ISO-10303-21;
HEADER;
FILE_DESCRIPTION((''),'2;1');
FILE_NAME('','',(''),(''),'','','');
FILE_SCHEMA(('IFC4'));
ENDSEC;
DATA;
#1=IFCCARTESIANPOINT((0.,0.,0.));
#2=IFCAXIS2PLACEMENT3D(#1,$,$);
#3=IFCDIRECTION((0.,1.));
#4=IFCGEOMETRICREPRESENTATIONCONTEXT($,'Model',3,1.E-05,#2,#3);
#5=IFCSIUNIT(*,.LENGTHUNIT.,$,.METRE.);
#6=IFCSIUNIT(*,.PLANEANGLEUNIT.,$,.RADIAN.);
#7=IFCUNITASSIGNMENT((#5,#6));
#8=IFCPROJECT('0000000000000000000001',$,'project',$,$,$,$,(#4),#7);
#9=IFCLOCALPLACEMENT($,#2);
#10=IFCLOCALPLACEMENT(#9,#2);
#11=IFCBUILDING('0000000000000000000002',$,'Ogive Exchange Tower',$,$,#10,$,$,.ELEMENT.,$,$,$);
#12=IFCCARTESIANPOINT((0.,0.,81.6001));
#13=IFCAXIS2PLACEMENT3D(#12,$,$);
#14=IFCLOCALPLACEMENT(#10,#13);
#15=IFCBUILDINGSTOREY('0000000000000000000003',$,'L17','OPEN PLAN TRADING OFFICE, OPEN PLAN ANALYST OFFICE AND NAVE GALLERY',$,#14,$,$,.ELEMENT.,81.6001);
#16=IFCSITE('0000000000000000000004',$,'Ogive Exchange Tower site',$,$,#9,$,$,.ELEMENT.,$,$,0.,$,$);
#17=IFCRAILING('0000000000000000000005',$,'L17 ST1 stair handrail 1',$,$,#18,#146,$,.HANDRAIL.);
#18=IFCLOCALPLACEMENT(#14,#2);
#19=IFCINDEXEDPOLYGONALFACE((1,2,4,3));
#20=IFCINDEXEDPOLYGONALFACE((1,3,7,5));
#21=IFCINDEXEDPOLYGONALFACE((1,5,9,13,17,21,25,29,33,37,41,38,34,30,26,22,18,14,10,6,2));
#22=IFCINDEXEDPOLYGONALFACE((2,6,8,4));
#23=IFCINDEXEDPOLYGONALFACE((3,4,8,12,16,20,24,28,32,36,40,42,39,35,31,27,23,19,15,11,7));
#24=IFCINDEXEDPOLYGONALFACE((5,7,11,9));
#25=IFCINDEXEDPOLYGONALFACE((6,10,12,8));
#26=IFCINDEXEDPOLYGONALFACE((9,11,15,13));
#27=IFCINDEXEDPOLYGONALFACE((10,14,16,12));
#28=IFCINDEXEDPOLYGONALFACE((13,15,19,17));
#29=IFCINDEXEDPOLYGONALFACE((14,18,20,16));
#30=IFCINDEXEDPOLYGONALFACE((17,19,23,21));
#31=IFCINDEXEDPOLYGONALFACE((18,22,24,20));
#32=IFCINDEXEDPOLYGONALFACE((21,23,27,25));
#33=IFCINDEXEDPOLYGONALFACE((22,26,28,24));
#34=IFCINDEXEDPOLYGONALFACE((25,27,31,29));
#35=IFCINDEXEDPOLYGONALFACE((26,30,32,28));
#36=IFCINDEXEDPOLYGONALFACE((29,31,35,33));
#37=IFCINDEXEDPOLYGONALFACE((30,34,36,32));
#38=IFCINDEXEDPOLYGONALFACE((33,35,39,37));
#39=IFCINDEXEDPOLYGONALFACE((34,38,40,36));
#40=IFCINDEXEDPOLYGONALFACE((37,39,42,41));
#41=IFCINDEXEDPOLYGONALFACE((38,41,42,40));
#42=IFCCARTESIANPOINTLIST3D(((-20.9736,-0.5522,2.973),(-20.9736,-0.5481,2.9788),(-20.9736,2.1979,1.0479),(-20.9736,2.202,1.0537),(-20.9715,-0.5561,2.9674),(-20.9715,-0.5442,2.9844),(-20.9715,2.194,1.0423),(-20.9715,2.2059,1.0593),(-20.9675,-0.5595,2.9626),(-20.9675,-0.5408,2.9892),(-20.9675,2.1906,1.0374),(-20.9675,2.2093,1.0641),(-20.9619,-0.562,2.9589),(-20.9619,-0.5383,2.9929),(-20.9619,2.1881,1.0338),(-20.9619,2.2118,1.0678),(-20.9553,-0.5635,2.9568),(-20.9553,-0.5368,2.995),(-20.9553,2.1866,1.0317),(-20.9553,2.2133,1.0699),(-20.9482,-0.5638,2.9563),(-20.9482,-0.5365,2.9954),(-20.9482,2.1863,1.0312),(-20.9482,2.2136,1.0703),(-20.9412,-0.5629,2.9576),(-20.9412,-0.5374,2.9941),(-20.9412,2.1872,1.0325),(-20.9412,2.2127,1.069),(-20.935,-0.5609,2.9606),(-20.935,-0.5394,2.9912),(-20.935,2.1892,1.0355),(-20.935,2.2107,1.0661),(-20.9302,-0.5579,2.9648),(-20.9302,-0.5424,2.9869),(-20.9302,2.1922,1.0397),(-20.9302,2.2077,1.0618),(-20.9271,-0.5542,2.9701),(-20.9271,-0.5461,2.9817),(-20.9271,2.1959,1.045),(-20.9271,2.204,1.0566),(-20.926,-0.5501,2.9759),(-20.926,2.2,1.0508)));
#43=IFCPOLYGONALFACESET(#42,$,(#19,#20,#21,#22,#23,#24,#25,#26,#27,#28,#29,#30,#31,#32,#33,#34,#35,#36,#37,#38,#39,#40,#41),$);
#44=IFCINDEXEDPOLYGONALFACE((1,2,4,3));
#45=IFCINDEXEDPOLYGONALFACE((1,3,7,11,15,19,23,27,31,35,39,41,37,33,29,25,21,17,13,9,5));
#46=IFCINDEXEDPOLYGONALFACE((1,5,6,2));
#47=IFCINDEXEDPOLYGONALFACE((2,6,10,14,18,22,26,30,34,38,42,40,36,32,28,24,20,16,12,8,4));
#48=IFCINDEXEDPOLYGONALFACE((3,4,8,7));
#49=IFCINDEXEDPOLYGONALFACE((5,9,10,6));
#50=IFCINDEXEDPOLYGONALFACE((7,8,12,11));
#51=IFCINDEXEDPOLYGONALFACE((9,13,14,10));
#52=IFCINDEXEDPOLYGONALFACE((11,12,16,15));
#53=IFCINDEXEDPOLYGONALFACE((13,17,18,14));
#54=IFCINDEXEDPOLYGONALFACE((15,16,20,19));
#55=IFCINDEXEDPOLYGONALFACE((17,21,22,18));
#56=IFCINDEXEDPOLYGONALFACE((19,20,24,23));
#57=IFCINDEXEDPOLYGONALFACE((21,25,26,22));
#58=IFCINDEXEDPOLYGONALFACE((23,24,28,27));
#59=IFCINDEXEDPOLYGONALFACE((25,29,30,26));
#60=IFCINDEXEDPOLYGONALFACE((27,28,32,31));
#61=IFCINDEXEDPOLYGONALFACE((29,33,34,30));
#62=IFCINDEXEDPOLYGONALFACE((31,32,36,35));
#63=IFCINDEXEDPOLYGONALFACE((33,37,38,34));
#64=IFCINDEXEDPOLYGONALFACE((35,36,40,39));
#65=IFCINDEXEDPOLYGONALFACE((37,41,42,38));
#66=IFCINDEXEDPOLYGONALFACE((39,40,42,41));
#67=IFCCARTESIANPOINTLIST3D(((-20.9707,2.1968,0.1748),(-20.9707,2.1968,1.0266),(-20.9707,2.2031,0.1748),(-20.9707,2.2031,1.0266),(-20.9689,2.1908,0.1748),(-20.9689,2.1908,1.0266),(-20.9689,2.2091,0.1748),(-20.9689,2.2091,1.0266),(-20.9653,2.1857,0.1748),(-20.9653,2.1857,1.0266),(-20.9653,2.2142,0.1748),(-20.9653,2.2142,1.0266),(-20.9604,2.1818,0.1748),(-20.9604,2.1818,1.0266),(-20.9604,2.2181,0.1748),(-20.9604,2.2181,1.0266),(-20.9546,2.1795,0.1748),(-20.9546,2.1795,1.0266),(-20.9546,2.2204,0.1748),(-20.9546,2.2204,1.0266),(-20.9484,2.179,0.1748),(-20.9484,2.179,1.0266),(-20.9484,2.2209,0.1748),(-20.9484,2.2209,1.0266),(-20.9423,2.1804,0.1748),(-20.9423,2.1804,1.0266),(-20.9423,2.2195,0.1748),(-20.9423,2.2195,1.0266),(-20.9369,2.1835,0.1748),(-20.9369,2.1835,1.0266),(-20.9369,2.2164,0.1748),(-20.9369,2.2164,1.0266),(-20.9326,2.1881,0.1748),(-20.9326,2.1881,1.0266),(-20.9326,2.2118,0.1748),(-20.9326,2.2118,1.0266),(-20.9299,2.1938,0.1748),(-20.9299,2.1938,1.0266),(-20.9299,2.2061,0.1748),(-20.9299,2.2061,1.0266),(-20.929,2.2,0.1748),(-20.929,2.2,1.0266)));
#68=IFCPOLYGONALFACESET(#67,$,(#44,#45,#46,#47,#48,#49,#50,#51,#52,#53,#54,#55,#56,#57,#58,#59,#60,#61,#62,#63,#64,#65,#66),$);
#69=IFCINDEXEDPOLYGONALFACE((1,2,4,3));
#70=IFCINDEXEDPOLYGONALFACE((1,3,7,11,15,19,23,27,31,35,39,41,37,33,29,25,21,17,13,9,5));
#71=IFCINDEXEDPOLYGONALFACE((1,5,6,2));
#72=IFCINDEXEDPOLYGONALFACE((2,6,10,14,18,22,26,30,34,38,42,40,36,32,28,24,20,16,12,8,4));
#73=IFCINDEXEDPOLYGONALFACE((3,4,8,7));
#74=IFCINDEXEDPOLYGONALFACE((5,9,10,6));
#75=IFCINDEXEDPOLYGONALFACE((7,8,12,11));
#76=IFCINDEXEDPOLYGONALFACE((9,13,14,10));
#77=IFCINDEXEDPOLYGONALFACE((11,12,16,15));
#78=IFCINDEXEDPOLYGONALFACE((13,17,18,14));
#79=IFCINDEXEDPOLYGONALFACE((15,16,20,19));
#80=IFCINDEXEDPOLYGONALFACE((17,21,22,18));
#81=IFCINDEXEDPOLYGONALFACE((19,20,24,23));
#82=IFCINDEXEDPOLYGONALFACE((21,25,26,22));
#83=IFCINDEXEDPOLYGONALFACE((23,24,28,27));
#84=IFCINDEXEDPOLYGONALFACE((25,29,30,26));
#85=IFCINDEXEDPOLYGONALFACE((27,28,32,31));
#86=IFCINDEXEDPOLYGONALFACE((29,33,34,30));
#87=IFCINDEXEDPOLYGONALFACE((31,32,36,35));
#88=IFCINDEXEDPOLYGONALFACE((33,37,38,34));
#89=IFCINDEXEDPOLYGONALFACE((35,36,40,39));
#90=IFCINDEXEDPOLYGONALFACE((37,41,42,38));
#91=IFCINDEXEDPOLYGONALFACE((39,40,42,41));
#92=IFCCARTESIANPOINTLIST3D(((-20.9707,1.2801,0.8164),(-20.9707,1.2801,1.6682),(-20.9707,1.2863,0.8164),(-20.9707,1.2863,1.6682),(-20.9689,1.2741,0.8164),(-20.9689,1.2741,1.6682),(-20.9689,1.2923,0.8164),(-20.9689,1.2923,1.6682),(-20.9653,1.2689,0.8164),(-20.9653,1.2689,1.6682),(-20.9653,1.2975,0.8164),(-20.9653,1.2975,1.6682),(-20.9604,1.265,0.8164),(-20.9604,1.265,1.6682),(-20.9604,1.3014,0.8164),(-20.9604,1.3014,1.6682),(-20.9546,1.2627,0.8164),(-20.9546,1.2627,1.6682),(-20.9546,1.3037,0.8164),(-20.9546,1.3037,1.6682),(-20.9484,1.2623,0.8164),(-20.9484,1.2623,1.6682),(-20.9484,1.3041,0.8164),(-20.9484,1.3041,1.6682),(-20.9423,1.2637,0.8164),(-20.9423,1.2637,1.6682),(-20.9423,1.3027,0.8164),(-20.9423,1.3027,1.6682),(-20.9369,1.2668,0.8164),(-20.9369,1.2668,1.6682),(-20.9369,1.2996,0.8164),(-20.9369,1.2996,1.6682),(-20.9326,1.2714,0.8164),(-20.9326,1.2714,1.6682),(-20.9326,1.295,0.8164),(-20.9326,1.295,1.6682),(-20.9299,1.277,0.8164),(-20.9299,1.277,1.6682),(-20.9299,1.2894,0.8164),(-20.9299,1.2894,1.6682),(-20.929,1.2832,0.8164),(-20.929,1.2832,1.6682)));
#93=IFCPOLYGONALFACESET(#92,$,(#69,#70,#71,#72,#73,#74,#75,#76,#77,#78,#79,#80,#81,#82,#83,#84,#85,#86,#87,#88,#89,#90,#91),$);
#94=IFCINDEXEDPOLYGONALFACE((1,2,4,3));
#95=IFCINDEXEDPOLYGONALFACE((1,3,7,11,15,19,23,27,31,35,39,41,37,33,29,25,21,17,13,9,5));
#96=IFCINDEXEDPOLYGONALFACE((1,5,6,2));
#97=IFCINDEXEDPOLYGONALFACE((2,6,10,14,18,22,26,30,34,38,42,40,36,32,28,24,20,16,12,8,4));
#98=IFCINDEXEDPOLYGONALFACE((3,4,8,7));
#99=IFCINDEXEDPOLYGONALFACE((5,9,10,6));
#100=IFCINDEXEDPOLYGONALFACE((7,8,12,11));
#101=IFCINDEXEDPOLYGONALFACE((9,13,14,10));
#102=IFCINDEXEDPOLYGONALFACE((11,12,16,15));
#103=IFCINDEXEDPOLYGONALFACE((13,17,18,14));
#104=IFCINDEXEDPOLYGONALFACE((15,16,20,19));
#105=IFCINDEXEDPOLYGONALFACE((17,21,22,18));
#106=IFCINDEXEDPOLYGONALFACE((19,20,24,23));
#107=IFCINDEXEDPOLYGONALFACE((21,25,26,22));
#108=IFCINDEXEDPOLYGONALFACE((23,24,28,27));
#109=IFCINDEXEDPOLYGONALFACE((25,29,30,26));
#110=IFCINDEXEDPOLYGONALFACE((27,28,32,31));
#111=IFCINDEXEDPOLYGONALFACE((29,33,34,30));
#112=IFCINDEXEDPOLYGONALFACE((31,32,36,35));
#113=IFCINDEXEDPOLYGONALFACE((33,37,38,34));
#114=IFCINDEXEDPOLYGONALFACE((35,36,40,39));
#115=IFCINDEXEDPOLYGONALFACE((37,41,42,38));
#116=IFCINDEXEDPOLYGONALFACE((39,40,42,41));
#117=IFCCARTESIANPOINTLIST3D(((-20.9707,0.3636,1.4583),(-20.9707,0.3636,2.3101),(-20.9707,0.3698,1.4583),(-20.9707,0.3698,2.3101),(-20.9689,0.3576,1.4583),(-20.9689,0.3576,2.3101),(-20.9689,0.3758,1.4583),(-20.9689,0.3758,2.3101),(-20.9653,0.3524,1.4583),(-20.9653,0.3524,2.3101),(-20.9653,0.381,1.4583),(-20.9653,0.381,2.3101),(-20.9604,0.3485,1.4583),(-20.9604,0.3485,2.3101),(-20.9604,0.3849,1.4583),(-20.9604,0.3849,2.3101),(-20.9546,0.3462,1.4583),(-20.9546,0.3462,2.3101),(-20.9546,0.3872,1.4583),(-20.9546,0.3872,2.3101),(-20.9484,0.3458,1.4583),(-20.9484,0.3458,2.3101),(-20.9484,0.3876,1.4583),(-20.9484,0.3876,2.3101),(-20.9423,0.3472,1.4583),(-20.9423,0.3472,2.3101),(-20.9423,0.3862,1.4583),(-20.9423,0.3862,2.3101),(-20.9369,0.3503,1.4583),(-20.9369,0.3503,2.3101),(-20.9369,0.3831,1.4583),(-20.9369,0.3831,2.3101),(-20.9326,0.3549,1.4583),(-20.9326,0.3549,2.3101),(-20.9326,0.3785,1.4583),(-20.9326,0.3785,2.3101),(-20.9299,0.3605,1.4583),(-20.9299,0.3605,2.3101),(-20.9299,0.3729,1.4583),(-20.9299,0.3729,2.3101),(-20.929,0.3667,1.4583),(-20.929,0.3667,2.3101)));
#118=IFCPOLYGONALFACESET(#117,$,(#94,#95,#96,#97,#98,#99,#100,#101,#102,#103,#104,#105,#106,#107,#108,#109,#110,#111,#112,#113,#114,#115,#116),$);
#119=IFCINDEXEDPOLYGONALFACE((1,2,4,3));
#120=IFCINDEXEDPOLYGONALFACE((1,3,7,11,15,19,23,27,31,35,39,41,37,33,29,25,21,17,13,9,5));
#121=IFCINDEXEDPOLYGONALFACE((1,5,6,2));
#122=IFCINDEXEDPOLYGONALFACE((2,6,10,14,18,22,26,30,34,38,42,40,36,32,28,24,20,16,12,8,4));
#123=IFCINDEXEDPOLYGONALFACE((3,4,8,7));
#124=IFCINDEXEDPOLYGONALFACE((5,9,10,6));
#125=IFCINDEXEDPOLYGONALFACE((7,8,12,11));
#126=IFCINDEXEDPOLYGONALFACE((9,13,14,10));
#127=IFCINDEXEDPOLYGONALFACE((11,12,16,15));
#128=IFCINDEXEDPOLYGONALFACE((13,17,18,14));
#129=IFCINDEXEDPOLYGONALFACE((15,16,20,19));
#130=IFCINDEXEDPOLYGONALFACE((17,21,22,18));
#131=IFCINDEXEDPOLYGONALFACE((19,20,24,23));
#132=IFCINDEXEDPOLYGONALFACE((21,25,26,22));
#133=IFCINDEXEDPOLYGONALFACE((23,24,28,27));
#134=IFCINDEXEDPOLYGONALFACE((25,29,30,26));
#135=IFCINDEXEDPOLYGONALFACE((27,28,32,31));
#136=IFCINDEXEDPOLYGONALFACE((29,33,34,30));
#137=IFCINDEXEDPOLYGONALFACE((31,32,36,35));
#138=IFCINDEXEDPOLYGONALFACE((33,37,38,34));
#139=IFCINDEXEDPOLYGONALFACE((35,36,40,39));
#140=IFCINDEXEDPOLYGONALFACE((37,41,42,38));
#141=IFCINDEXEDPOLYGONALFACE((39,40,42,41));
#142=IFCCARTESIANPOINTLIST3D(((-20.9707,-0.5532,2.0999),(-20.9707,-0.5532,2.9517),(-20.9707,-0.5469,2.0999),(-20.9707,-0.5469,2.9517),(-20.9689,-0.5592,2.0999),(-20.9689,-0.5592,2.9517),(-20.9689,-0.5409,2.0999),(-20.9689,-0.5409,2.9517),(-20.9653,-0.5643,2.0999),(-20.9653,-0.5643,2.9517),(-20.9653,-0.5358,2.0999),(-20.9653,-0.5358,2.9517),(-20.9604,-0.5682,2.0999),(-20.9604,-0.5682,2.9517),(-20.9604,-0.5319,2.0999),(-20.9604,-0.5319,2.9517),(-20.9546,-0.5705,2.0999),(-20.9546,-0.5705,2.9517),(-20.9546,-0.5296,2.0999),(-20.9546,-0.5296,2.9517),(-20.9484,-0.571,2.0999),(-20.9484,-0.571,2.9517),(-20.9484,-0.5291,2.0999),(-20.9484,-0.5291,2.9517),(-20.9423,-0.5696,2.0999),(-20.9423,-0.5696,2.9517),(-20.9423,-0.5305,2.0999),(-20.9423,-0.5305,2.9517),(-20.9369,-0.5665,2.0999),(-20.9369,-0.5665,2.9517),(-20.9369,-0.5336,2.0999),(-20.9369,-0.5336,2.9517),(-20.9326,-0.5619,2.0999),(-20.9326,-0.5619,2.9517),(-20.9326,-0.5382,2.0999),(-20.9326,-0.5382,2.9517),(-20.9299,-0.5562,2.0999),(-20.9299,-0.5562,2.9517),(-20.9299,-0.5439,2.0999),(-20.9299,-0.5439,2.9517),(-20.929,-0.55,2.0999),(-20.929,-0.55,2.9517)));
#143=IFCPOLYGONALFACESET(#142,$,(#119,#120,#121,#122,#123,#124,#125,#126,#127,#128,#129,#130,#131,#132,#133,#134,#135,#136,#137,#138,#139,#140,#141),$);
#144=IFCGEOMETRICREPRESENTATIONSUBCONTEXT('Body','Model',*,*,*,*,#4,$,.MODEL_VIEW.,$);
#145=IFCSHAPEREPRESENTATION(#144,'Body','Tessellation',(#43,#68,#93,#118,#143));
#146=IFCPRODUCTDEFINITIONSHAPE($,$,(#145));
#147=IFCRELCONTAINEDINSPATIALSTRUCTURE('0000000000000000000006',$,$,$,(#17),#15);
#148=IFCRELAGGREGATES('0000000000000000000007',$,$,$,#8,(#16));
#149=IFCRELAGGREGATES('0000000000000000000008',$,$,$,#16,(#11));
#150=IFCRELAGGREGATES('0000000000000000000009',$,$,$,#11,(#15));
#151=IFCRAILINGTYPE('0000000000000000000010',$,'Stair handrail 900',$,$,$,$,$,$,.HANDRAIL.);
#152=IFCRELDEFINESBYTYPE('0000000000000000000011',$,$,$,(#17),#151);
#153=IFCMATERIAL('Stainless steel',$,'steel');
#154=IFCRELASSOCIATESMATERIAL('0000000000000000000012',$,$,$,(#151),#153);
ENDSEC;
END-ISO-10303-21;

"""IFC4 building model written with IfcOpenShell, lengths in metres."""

from ifc_helpers import new_model, si_unit, direction, frame, origin, origin_2d, place, context, subcontext, project, spatial, circle, extrude, material, type_object, element, save


model = new_model("IFC4")

# Units and contexts
model_context = context("Model", 3, precision=1e-05, world=origin(), true_north=direction((0.0, 1.0)))
body_context = subcontext(model_context, "Body", "Model", "MODEL_VIEW")
ifc_project = project(units=[si_unit("LENGTHUNIT", "METRE"), si_unit("PLANEANGLEUNIT", "RADIAN")], contexts=[model_context])

# Site, building, storey
site_placement = place(None, origin())
site = spatial("IfcSite", under=ifc_project, at=site_placement, Name="Ogive Exchange Tower site", CompositionType="ELEMENT", RefElevation=0.0)
building_placement = place(site_placement, origin())
building = spatial("IfcBuilding", under=site, at=building_placement, Name="Ogive Exchange Tower", CompositionType="ELEMENT")
storey_placement = place(building_placement, frame((0.0, 0.0, 81.6001)))
storey = spatial("IfcBuildingStorey", under=building, at=storey_placement, Name="L17", Description="OPEN PLAN TRADING OFFICE, OPEN PLAN ANALYST OFFICE AND NAVE GALLERY", CompositionType="ELEMENT", Elevation=81.6001)

# Railing
ifc_material_1 = material(Name="Stainless steel", Category="steel")
railing_type = type_object("IfcRailingType", Name="Stair handrail 900", PredefinedType="HANDRAIL", material=ifc_material_1)
railing_placement = place(storey_placement, frame((-20.95, 2.2, 0.1748)))
element("IfcRailing", 1, at=railing_placement, inside=storey, type_object=railing_type, Name="L17 ST1 stair handrail 1", PredefinedType="HANDRAIL", context=body_context, shape_type="SweptSolid", body=[
    extrude(circle(Radius=0.0239, at=origin_2d()), frame((0.0, 0.0, 0.876), z_axis=(0.0, -0.819225, 0.573472), x_axis=(1.0, 0.0, 0.0)), (0.0, 0.0, 1.0), 3.3569),
    extrude(circle(Radius=0.021, at=origin_2d()), origin(), (0.0, 0.0, 1.0), 0.8518),
    extrude(circle(Radius=0.021, at=origin_2d()), frame((0.0, -0.9167, 0.6416)), (0.0, 0.0, 1.0), 0.8518),
    extrude(circle(Radius=0.021, at=origin_2d()), frame((0.0, -1.8333, 1.2834)), (0.0, 0.0, 1.0), 0.8518),
    extrude(circle(Radius=0.021, at=origin_2d()), frame((0.0, -2.75, 1.925)), (0.0, 0.0, 1.0), 0.8518),
])

save(model, "model.ifc")
